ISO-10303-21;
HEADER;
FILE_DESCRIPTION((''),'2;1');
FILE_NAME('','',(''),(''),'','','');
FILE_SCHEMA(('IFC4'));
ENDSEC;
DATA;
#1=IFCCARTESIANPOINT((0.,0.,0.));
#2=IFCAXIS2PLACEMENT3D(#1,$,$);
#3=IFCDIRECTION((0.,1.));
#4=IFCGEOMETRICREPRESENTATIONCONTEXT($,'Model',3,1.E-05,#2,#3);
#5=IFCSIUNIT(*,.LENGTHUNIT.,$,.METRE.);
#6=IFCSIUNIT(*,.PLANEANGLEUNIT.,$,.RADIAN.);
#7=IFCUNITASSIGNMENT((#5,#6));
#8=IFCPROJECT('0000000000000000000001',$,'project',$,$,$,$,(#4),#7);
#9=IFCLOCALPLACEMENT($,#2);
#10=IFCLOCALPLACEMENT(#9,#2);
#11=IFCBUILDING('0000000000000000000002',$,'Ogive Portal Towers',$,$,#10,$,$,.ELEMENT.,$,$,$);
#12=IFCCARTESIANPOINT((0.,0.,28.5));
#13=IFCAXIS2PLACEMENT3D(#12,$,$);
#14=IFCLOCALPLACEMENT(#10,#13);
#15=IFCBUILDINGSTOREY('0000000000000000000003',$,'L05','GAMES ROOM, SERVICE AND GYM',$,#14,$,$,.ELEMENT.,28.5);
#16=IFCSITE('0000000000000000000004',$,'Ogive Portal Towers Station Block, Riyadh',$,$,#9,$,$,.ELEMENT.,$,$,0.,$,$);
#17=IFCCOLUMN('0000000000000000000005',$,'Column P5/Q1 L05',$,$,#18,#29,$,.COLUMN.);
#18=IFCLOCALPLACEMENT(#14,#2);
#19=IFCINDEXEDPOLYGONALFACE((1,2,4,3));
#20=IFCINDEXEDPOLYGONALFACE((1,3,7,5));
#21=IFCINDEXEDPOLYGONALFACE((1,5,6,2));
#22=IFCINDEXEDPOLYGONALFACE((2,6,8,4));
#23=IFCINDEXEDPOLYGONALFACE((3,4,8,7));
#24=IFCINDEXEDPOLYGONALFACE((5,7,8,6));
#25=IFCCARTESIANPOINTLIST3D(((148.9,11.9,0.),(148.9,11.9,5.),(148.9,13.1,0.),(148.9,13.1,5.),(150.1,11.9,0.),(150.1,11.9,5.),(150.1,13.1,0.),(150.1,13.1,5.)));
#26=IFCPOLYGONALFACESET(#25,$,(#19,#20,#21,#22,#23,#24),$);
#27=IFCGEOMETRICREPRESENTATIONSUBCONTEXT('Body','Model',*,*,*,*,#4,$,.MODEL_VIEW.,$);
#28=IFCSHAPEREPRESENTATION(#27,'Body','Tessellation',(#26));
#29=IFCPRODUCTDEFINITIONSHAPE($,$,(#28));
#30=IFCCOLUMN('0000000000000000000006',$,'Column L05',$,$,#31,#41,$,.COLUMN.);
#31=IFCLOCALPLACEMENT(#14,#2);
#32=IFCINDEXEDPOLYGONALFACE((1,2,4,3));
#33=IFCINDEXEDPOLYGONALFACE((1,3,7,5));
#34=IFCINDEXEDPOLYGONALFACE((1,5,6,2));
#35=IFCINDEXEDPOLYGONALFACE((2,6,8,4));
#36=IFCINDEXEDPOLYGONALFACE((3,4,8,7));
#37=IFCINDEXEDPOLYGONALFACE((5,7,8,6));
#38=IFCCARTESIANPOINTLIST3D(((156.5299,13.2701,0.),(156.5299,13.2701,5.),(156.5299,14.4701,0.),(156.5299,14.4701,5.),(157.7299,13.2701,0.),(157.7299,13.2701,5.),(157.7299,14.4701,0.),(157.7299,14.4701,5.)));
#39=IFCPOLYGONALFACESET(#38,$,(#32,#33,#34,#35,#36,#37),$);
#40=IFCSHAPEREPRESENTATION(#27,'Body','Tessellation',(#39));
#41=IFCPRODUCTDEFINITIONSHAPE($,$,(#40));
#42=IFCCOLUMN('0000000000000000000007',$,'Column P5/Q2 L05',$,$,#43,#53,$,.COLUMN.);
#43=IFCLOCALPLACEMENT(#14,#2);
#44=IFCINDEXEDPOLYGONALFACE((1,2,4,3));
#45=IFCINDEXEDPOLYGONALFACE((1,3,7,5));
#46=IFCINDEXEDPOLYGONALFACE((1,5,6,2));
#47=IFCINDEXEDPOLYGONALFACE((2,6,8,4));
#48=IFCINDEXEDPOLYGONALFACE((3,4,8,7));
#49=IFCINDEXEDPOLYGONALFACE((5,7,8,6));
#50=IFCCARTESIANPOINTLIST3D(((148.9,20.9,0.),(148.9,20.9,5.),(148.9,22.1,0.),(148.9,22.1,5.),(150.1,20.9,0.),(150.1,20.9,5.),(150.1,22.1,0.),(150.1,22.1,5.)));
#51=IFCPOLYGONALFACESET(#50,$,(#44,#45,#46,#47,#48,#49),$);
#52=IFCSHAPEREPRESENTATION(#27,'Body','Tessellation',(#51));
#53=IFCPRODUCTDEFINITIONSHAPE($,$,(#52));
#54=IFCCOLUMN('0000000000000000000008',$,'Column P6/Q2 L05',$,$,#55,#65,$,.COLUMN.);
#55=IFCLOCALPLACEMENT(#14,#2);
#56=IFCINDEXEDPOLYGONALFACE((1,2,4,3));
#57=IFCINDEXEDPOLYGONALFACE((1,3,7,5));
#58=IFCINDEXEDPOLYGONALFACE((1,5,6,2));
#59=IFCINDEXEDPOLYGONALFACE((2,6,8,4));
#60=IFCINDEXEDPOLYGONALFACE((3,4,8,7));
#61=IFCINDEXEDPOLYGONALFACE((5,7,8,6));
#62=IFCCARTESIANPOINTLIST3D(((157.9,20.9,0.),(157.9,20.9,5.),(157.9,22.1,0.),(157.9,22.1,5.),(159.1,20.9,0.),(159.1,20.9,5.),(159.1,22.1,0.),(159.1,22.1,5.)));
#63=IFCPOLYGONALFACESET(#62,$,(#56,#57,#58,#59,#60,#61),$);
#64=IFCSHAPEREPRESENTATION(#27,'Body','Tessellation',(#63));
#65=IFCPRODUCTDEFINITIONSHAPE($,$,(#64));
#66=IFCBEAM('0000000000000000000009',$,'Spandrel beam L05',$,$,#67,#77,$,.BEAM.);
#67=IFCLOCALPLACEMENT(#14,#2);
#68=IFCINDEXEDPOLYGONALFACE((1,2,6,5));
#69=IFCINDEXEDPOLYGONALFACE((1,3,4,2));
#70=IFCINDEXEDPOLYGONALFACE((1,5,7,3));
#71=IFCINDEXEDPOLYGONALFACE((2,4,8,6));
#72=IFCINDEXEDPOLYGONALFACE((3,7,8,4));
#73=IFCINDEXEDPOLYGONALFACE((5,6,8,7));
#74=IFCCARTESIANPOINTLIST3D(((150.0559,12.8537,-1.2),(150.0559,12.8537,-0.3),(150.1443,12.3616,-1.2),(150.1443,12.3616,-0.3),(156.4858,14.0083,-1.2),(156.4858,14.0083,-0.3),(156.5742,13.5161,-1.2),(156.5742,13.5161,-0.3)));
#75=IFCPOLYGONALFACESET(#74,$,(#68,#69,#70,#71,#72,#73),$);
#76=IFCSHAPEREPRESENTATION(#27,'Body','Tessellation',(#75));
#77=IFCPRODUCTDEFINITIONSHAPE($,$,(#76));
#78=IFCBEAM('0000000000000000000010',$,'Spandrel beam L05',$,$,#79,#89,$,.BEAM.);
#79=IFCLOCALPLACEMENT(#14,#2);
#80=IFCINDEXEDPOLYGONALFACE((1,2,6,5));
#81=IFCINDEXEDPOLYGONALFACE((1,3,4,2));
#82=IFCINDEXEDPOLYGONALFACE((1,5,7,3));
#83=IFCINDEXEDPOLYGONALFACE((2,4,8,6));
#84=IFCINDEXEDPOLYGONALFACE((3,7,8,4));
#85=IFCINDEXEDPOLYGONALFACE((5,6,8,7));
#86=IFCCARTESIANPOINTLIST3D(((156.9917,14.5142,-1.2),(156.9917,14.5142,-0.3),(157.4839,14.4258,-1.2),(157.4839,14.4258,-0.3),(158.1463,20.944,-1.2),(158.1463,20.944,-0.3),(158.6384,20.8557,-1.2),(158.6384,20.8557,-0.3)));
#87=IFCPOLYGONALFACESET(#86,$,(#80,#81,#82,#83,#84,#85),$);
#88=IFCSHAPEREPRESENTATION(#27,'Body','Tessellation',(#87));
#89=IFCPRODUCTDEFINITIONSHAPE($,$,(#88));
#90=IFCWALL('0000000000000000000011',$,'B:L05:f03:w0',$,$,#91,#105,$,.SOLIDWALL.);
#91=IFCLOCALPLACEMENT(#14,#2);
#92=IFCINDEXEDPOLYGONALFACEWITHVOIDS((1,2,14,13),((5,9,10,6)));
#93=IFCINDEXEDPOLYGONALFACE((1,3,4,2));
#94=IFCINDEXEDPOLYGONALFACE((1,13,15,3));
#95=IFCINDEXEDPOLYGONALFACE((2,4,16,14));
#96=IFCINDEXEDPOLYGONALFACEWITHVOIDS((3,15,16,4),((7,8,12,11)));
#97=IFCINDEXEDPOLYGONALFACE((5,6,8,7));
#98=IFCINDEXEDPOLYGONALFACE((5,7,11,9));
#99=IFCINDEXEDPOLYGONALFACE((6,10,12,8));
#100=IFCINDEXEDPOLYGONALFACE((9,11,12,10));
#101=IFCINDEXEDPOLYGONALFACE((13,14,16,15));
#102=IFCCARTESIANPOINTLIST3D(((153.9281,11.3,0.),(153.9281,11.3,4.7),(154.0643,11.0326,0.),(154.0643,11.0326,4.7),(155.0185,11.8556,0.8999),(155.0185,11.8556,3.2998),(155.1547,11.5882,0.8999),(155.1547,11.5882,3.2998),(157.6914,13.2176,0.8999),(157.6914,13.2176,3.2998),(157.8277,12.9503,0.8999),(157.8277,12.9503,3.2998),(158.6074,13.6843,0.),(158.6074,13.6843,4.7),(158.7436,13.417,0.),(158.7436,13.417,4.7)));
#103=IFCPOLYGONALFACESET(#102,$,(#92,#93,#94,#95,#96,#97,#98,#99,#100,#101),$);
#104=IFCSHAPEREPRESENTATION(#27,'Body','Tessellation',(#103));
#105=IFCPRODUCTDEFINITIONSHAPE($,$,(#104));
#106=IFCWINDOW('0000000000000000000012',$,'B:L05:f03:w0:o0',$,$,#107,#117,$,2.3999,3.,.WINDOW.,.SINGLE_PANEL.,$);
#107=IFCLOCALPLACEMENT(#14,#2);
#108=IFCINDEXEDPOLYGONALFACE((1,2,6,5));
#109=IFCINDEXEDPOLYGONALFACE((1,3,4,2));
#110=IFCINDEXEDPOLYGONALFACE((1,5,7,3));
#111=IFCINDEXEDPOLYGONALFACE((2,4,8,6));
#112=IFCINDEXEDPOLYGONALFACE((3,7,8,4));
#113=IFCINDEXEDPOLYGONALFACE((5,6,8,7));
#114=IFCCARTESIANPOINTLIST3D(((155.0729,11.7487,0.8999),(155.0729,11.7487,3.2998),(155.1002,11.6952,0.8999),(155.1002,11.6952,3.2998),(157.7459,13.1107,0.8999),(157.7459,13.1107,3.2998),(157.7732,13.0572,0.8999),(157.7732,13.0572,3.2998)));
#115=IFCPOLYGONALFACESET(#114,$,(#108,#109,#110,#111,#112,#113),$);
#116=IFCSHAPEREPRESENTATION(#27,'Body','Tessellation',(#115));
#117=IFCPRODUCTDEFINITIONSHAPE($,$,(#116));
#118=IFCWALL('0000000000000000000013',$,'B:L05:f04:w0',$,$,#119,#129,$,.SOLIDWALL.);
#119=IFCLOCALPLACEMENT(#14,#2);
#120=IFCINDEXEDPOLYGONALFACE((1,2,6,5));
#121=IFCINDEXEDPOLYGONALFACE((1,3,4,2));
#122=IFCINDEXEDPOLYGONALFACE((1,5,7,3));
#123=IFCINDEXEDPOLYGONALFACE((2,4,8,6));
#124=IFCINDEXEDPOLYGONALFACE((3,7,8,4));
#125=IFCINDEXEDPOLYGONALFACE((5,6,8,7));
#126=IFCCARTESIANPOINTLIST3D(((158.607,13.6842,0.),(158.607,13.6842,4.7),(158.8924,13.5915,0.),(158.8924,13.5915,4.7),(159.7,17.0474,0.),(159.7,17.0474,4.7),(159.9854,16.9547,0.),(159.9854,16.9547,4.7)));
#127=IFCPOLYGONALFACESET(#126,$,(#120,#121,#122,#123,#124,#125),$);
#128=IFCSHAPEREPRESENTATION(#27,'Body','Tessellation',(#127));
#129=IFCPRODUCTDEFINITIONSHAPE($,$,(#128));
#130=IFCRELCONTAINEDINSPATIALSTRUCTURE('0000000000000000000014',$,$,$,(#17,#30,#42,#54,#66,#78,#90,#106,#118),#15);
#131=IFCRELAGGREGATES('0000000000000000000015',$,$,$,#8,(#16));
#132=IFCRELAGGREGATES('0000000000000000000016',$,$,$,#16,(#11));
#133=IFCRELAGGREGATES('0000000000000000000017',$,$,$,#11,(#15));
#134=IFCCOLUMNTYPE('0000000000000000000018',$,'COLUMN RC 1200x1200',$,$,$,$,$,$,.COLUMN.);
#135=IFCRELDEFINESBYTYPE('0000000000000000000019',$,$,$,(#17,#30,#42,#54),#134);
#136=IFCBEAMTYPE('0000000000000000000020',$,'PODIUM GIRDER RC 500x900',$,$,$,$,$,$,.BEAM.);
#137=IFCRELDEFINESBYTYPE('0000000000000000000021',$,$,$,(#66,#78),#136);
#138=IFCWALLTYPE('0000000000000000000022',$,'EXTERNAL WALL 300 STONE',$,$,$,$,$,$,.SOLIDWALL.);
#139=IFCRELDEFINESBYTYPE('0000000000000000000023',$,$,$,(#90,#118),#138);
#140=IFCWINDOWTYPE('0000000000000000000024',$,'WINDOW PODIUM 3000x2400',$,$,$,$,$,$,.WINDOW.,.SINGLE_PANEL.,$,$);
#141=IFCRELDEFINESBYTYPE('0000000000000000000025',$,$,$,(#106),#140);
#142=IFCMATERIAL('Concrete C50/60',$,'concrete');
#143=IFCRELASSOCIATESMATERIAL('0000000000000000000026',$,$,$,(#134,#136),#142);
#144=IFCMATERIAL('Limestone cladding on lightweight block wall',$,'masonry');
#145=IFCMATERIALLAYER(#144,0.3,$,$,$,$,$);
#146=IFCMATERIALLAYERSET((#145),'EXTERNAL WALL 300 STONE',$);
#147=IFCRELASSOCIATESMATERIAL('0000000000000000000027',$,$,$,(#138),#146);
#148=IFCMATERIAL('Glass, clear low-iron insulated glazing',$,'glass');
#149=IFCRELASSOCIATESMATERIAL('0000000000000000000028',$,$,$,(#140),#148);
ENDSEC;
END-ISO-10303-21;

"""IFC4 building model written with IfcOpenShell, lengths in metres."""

from ifc_helpers import new_model, si_unit, direction, frame, frame_2d, origin, origin_2d, place, context, subcontext, project, spatial, rectangle, extrude, material, layer, layer_set, material_profile, profile_set, type_object, element, fill, save


model = new_model("IFC4")

# Units and contexts
model_context = context("Model", 3, precision=1e-05, world=origin(), true_north=direction((0.0, 1.0)))
body_context = subcontext(model_context, "Body", "Model", "MODEL_VIEW")
ifc_project = project(units=[si_unit("LENGTHUNIT", "METRE"), si_unit("PLANEANGLEUNIT", "RADIAN")], contexts=[model_context])

# Site, building, storey
site_placement = place(None, origin())
site = spatial("IfcSite", under=ifc_project, at=site_placement, Name="Ogive Portal Towers Station Block, Riyadh", CompositionType="ELEMENT", RefElevation=0.0)
building_placement = place(site_placement, origin())
building = spatial("IfcBuilding", under=site, at=building_placement, Name="Ogive Portal Towers", CompositionType="ELEMENT")
storey_placement = place(building_placement, frame((0.0, 0.0, 28.5)))
storey = spatial("IfcBuildingStorey", under=building, at=storey_placement, Name="L05", Description="GAMES ROOM, SERVICE AND GYM", CompositionType="ELEMENT", Elevation=28.5)

# Columns
ifc_material_1 = material(Name="Concrete C50/60", Category="concrete")
ifc_material_profile_1 = material_profile(ifc_material_1, rectangle(XDim=1.2, YDim=1.2, at=origin_2d()), Name="RC 1200x1200")
ifc_profile_set_1 = profile_set([ifc_material_profile_1], Name="Concrete C50/60")
column_type = type_object("IfcColumnType", Name="COLUMN RC 1200x1200", PredefinedType="COLUMN", material=ifc_profile_set_1)
for number, where, z_axis, x_axis, name in (
    (1, (149.5, 12.5, 0.0), (0.0, 0.0, 1.0), (1.0, 0.0, 0.0), "Column P5/Q1 L05"),
    (2, (157.1299, 13.8701, 0.0), (0.0, 0.0, 1.0), (1.0, 0.0, 0.0), "Column L05"),
    (3, (149.5, 21.5, 0.0), (0.0, 0.0, 1.0), (1.0, 0.0, 0.0), "Column P5/Q2 L05"),
    (4, (158.5, 21.5, 0.0), (0.0, 0.0, 1.0), (1.0, 0.0, 0.0), "Column P6/Q2 L05"),
):
    element("IfcColumn", number, at=place(storey_placement, frame(where, z_axis=z_axis, x_axis=x_axis)), inside=storey, type_object=column_type, Name=name, PredefinedType="COLUMN", context=body_context, shape_type="SweptSolid", body=[
        extrude(rectangle(XDim=1.2, YDim=1.2, at=origin_2d()), origin(), (0.0, 0.0, 1.0), 5.0),
    ])

# Beams
ifc_material_profile_2 = material_profile(ifc_material_1, rectangle(XDim=0.5, YDim=0.8999, at=origin_2d()), Name="RC 500x900")
ifc_profile_set_2 = profile_set([ifc_material_profile_2], Name="Concrete C50/60")
beam_type = type_object("IfcBeamType", Name="PODIUM GIRDER RC 500x900", PredefinedType="BEAM", material=ifc_profile_set_2)
for number, where, z_axis, x_axis, name in (
    (5, (150.1001, 12.6077, -0.75), (0.984259, 0.176731, 0.0), (-0.176731, 0.984259, 0.0), "Spandrel beam L05"),
    (6, (157.2378, 14.47, -0.75), (0.176731, 0.984259, 0.0), (-0.984259, 0.176731, 0.0), "Spandrel beam L05"),
):
    element("IfcBeam", number, at=place(storey_placement, frame(where, z_axis=z_axis, x_axis=x_axis)), inside=storey, type_object=beam_type, Name=name, PredefinedType="BEAM", context=body_context, shape_type="SweptSolid", body=[
        extrude(rectangle(XDim=0.5, YDim=0.8999, at=origin_2d()), origin(), (0.0, 0.0, 1.0), 6.5327),
    ])

# Wall, opening, window
ifc_material_2 = material(Name="Limestone cladding on lightweight block wall", Category="masonry")
ifc_layer_1 = layer(ifc_material_2, 0.3)
ifc_layer_set_1 = layer_set([ifc_layer_1], Name="EXTERNAL WALL 300 STONE")
wall_type_1 = type_object("IfcWallType", Name="EXTERNAL WALL 300 STONE", PredefinedType="SOLIDWALL", material=ifc_layer_set_1)
wall_1_placement = place(storey_placement, frame((153.9961, 11.1663, 0.0), z_axis=(0.0, 0.0, 1.0), x_axis=(0.890998, 0.454007, 0.0)))
wall_1 = element("IfcWall", 7, at=wall_1_placement, inside=storey, type_object=wall_type_1, Name="B:L05:f03:w0", PredefinedType="SOLIDWALL", context=body_context, shape_type="SweptSolid", body=[
    extrude(rectangle(XDim=5.2517, YDim=0.3, at=frame_2d((2.626, 0.0))), origin(), (0.0, 0.0, 1.0), 4.7),
])
opening_1_placement = place(wall_1_placement, frame((1.2239, 0.0, 0.8999)))
opening_1 = element("IfcOpeningElement", 8, at=opening_1_placement, cuts=wall_1, PredefinedType="OPENING", context=body_context, shape_type="SweptSolid", body=[
    extrude(rectangle(XDim=3.0, YDim=2.3999, at=frame_2d((1.5, 1.2))), frame((0.0, 0.1602, 0.0), z_axis=(0.0, -1.0, 0.0), x_axis=(1.0, 0.0, 0.0)), (0.0, 0.0, 1.0), 0.3201),
])
ifc_material_3 = material(Name="Glass, clear low-iron insulated glazing", Category="glass")
window_type = type_object("IfcWindowType", Name="WINDOW PODIUM 3000x2400", PartitioningType="SINGLE_PANEL", PredefinedType="WINDOW", material=ifc_material_3)
window_1_placement = place(opening_1_placement, origin())
window_1 = element("IfcWindow", 9, at=window_1_placement, inside=storey, type_object=window_type, Name="B:L05:f03:w0:o0", OverallHeight=2.3999, OverallWidth=3.0, PartitioningType="SINGLE_PANEL", PredefinedType="WINDOW", context=body_context, shape_type="SweptSolid", body=[
    extrude(rectangle(XDim=3.0, YDim=2.3999, at=frame_2d((1.5, 1.2))), frame((0.0, 0.03, 0.0), z_axis=(0.0, -1.0, 0.0), x_axis=(1.0, 0.0, 0.0)), (0.0, 0.0, 1.0), 0.0601),
])
fill(opening_1, window_1)

# Wall
wall_2_placement = place(storey_placement, frame((158.7498, 13.6379, 0.0), z_axis=(0.0, 0.0, 1.0), x_axis=(0.309074, 0.951038, 0.0)))
element("IfcWall", 10, at=wall_2_placement, inside=storey, type_object=wall_type_1, Name="B:L05:f04:w0", PredefinedType="SOLIDWALL", context=body_context, shape_type="SweptSolid", body=[
    extrude(rectangle(XDim=3.5364, YDim=0.3, at=frame_2d((1.7681, 0.0))), origin(), (0.0, 0.0, 1.0), 4.7),
])

save(model, "model.ifc")
